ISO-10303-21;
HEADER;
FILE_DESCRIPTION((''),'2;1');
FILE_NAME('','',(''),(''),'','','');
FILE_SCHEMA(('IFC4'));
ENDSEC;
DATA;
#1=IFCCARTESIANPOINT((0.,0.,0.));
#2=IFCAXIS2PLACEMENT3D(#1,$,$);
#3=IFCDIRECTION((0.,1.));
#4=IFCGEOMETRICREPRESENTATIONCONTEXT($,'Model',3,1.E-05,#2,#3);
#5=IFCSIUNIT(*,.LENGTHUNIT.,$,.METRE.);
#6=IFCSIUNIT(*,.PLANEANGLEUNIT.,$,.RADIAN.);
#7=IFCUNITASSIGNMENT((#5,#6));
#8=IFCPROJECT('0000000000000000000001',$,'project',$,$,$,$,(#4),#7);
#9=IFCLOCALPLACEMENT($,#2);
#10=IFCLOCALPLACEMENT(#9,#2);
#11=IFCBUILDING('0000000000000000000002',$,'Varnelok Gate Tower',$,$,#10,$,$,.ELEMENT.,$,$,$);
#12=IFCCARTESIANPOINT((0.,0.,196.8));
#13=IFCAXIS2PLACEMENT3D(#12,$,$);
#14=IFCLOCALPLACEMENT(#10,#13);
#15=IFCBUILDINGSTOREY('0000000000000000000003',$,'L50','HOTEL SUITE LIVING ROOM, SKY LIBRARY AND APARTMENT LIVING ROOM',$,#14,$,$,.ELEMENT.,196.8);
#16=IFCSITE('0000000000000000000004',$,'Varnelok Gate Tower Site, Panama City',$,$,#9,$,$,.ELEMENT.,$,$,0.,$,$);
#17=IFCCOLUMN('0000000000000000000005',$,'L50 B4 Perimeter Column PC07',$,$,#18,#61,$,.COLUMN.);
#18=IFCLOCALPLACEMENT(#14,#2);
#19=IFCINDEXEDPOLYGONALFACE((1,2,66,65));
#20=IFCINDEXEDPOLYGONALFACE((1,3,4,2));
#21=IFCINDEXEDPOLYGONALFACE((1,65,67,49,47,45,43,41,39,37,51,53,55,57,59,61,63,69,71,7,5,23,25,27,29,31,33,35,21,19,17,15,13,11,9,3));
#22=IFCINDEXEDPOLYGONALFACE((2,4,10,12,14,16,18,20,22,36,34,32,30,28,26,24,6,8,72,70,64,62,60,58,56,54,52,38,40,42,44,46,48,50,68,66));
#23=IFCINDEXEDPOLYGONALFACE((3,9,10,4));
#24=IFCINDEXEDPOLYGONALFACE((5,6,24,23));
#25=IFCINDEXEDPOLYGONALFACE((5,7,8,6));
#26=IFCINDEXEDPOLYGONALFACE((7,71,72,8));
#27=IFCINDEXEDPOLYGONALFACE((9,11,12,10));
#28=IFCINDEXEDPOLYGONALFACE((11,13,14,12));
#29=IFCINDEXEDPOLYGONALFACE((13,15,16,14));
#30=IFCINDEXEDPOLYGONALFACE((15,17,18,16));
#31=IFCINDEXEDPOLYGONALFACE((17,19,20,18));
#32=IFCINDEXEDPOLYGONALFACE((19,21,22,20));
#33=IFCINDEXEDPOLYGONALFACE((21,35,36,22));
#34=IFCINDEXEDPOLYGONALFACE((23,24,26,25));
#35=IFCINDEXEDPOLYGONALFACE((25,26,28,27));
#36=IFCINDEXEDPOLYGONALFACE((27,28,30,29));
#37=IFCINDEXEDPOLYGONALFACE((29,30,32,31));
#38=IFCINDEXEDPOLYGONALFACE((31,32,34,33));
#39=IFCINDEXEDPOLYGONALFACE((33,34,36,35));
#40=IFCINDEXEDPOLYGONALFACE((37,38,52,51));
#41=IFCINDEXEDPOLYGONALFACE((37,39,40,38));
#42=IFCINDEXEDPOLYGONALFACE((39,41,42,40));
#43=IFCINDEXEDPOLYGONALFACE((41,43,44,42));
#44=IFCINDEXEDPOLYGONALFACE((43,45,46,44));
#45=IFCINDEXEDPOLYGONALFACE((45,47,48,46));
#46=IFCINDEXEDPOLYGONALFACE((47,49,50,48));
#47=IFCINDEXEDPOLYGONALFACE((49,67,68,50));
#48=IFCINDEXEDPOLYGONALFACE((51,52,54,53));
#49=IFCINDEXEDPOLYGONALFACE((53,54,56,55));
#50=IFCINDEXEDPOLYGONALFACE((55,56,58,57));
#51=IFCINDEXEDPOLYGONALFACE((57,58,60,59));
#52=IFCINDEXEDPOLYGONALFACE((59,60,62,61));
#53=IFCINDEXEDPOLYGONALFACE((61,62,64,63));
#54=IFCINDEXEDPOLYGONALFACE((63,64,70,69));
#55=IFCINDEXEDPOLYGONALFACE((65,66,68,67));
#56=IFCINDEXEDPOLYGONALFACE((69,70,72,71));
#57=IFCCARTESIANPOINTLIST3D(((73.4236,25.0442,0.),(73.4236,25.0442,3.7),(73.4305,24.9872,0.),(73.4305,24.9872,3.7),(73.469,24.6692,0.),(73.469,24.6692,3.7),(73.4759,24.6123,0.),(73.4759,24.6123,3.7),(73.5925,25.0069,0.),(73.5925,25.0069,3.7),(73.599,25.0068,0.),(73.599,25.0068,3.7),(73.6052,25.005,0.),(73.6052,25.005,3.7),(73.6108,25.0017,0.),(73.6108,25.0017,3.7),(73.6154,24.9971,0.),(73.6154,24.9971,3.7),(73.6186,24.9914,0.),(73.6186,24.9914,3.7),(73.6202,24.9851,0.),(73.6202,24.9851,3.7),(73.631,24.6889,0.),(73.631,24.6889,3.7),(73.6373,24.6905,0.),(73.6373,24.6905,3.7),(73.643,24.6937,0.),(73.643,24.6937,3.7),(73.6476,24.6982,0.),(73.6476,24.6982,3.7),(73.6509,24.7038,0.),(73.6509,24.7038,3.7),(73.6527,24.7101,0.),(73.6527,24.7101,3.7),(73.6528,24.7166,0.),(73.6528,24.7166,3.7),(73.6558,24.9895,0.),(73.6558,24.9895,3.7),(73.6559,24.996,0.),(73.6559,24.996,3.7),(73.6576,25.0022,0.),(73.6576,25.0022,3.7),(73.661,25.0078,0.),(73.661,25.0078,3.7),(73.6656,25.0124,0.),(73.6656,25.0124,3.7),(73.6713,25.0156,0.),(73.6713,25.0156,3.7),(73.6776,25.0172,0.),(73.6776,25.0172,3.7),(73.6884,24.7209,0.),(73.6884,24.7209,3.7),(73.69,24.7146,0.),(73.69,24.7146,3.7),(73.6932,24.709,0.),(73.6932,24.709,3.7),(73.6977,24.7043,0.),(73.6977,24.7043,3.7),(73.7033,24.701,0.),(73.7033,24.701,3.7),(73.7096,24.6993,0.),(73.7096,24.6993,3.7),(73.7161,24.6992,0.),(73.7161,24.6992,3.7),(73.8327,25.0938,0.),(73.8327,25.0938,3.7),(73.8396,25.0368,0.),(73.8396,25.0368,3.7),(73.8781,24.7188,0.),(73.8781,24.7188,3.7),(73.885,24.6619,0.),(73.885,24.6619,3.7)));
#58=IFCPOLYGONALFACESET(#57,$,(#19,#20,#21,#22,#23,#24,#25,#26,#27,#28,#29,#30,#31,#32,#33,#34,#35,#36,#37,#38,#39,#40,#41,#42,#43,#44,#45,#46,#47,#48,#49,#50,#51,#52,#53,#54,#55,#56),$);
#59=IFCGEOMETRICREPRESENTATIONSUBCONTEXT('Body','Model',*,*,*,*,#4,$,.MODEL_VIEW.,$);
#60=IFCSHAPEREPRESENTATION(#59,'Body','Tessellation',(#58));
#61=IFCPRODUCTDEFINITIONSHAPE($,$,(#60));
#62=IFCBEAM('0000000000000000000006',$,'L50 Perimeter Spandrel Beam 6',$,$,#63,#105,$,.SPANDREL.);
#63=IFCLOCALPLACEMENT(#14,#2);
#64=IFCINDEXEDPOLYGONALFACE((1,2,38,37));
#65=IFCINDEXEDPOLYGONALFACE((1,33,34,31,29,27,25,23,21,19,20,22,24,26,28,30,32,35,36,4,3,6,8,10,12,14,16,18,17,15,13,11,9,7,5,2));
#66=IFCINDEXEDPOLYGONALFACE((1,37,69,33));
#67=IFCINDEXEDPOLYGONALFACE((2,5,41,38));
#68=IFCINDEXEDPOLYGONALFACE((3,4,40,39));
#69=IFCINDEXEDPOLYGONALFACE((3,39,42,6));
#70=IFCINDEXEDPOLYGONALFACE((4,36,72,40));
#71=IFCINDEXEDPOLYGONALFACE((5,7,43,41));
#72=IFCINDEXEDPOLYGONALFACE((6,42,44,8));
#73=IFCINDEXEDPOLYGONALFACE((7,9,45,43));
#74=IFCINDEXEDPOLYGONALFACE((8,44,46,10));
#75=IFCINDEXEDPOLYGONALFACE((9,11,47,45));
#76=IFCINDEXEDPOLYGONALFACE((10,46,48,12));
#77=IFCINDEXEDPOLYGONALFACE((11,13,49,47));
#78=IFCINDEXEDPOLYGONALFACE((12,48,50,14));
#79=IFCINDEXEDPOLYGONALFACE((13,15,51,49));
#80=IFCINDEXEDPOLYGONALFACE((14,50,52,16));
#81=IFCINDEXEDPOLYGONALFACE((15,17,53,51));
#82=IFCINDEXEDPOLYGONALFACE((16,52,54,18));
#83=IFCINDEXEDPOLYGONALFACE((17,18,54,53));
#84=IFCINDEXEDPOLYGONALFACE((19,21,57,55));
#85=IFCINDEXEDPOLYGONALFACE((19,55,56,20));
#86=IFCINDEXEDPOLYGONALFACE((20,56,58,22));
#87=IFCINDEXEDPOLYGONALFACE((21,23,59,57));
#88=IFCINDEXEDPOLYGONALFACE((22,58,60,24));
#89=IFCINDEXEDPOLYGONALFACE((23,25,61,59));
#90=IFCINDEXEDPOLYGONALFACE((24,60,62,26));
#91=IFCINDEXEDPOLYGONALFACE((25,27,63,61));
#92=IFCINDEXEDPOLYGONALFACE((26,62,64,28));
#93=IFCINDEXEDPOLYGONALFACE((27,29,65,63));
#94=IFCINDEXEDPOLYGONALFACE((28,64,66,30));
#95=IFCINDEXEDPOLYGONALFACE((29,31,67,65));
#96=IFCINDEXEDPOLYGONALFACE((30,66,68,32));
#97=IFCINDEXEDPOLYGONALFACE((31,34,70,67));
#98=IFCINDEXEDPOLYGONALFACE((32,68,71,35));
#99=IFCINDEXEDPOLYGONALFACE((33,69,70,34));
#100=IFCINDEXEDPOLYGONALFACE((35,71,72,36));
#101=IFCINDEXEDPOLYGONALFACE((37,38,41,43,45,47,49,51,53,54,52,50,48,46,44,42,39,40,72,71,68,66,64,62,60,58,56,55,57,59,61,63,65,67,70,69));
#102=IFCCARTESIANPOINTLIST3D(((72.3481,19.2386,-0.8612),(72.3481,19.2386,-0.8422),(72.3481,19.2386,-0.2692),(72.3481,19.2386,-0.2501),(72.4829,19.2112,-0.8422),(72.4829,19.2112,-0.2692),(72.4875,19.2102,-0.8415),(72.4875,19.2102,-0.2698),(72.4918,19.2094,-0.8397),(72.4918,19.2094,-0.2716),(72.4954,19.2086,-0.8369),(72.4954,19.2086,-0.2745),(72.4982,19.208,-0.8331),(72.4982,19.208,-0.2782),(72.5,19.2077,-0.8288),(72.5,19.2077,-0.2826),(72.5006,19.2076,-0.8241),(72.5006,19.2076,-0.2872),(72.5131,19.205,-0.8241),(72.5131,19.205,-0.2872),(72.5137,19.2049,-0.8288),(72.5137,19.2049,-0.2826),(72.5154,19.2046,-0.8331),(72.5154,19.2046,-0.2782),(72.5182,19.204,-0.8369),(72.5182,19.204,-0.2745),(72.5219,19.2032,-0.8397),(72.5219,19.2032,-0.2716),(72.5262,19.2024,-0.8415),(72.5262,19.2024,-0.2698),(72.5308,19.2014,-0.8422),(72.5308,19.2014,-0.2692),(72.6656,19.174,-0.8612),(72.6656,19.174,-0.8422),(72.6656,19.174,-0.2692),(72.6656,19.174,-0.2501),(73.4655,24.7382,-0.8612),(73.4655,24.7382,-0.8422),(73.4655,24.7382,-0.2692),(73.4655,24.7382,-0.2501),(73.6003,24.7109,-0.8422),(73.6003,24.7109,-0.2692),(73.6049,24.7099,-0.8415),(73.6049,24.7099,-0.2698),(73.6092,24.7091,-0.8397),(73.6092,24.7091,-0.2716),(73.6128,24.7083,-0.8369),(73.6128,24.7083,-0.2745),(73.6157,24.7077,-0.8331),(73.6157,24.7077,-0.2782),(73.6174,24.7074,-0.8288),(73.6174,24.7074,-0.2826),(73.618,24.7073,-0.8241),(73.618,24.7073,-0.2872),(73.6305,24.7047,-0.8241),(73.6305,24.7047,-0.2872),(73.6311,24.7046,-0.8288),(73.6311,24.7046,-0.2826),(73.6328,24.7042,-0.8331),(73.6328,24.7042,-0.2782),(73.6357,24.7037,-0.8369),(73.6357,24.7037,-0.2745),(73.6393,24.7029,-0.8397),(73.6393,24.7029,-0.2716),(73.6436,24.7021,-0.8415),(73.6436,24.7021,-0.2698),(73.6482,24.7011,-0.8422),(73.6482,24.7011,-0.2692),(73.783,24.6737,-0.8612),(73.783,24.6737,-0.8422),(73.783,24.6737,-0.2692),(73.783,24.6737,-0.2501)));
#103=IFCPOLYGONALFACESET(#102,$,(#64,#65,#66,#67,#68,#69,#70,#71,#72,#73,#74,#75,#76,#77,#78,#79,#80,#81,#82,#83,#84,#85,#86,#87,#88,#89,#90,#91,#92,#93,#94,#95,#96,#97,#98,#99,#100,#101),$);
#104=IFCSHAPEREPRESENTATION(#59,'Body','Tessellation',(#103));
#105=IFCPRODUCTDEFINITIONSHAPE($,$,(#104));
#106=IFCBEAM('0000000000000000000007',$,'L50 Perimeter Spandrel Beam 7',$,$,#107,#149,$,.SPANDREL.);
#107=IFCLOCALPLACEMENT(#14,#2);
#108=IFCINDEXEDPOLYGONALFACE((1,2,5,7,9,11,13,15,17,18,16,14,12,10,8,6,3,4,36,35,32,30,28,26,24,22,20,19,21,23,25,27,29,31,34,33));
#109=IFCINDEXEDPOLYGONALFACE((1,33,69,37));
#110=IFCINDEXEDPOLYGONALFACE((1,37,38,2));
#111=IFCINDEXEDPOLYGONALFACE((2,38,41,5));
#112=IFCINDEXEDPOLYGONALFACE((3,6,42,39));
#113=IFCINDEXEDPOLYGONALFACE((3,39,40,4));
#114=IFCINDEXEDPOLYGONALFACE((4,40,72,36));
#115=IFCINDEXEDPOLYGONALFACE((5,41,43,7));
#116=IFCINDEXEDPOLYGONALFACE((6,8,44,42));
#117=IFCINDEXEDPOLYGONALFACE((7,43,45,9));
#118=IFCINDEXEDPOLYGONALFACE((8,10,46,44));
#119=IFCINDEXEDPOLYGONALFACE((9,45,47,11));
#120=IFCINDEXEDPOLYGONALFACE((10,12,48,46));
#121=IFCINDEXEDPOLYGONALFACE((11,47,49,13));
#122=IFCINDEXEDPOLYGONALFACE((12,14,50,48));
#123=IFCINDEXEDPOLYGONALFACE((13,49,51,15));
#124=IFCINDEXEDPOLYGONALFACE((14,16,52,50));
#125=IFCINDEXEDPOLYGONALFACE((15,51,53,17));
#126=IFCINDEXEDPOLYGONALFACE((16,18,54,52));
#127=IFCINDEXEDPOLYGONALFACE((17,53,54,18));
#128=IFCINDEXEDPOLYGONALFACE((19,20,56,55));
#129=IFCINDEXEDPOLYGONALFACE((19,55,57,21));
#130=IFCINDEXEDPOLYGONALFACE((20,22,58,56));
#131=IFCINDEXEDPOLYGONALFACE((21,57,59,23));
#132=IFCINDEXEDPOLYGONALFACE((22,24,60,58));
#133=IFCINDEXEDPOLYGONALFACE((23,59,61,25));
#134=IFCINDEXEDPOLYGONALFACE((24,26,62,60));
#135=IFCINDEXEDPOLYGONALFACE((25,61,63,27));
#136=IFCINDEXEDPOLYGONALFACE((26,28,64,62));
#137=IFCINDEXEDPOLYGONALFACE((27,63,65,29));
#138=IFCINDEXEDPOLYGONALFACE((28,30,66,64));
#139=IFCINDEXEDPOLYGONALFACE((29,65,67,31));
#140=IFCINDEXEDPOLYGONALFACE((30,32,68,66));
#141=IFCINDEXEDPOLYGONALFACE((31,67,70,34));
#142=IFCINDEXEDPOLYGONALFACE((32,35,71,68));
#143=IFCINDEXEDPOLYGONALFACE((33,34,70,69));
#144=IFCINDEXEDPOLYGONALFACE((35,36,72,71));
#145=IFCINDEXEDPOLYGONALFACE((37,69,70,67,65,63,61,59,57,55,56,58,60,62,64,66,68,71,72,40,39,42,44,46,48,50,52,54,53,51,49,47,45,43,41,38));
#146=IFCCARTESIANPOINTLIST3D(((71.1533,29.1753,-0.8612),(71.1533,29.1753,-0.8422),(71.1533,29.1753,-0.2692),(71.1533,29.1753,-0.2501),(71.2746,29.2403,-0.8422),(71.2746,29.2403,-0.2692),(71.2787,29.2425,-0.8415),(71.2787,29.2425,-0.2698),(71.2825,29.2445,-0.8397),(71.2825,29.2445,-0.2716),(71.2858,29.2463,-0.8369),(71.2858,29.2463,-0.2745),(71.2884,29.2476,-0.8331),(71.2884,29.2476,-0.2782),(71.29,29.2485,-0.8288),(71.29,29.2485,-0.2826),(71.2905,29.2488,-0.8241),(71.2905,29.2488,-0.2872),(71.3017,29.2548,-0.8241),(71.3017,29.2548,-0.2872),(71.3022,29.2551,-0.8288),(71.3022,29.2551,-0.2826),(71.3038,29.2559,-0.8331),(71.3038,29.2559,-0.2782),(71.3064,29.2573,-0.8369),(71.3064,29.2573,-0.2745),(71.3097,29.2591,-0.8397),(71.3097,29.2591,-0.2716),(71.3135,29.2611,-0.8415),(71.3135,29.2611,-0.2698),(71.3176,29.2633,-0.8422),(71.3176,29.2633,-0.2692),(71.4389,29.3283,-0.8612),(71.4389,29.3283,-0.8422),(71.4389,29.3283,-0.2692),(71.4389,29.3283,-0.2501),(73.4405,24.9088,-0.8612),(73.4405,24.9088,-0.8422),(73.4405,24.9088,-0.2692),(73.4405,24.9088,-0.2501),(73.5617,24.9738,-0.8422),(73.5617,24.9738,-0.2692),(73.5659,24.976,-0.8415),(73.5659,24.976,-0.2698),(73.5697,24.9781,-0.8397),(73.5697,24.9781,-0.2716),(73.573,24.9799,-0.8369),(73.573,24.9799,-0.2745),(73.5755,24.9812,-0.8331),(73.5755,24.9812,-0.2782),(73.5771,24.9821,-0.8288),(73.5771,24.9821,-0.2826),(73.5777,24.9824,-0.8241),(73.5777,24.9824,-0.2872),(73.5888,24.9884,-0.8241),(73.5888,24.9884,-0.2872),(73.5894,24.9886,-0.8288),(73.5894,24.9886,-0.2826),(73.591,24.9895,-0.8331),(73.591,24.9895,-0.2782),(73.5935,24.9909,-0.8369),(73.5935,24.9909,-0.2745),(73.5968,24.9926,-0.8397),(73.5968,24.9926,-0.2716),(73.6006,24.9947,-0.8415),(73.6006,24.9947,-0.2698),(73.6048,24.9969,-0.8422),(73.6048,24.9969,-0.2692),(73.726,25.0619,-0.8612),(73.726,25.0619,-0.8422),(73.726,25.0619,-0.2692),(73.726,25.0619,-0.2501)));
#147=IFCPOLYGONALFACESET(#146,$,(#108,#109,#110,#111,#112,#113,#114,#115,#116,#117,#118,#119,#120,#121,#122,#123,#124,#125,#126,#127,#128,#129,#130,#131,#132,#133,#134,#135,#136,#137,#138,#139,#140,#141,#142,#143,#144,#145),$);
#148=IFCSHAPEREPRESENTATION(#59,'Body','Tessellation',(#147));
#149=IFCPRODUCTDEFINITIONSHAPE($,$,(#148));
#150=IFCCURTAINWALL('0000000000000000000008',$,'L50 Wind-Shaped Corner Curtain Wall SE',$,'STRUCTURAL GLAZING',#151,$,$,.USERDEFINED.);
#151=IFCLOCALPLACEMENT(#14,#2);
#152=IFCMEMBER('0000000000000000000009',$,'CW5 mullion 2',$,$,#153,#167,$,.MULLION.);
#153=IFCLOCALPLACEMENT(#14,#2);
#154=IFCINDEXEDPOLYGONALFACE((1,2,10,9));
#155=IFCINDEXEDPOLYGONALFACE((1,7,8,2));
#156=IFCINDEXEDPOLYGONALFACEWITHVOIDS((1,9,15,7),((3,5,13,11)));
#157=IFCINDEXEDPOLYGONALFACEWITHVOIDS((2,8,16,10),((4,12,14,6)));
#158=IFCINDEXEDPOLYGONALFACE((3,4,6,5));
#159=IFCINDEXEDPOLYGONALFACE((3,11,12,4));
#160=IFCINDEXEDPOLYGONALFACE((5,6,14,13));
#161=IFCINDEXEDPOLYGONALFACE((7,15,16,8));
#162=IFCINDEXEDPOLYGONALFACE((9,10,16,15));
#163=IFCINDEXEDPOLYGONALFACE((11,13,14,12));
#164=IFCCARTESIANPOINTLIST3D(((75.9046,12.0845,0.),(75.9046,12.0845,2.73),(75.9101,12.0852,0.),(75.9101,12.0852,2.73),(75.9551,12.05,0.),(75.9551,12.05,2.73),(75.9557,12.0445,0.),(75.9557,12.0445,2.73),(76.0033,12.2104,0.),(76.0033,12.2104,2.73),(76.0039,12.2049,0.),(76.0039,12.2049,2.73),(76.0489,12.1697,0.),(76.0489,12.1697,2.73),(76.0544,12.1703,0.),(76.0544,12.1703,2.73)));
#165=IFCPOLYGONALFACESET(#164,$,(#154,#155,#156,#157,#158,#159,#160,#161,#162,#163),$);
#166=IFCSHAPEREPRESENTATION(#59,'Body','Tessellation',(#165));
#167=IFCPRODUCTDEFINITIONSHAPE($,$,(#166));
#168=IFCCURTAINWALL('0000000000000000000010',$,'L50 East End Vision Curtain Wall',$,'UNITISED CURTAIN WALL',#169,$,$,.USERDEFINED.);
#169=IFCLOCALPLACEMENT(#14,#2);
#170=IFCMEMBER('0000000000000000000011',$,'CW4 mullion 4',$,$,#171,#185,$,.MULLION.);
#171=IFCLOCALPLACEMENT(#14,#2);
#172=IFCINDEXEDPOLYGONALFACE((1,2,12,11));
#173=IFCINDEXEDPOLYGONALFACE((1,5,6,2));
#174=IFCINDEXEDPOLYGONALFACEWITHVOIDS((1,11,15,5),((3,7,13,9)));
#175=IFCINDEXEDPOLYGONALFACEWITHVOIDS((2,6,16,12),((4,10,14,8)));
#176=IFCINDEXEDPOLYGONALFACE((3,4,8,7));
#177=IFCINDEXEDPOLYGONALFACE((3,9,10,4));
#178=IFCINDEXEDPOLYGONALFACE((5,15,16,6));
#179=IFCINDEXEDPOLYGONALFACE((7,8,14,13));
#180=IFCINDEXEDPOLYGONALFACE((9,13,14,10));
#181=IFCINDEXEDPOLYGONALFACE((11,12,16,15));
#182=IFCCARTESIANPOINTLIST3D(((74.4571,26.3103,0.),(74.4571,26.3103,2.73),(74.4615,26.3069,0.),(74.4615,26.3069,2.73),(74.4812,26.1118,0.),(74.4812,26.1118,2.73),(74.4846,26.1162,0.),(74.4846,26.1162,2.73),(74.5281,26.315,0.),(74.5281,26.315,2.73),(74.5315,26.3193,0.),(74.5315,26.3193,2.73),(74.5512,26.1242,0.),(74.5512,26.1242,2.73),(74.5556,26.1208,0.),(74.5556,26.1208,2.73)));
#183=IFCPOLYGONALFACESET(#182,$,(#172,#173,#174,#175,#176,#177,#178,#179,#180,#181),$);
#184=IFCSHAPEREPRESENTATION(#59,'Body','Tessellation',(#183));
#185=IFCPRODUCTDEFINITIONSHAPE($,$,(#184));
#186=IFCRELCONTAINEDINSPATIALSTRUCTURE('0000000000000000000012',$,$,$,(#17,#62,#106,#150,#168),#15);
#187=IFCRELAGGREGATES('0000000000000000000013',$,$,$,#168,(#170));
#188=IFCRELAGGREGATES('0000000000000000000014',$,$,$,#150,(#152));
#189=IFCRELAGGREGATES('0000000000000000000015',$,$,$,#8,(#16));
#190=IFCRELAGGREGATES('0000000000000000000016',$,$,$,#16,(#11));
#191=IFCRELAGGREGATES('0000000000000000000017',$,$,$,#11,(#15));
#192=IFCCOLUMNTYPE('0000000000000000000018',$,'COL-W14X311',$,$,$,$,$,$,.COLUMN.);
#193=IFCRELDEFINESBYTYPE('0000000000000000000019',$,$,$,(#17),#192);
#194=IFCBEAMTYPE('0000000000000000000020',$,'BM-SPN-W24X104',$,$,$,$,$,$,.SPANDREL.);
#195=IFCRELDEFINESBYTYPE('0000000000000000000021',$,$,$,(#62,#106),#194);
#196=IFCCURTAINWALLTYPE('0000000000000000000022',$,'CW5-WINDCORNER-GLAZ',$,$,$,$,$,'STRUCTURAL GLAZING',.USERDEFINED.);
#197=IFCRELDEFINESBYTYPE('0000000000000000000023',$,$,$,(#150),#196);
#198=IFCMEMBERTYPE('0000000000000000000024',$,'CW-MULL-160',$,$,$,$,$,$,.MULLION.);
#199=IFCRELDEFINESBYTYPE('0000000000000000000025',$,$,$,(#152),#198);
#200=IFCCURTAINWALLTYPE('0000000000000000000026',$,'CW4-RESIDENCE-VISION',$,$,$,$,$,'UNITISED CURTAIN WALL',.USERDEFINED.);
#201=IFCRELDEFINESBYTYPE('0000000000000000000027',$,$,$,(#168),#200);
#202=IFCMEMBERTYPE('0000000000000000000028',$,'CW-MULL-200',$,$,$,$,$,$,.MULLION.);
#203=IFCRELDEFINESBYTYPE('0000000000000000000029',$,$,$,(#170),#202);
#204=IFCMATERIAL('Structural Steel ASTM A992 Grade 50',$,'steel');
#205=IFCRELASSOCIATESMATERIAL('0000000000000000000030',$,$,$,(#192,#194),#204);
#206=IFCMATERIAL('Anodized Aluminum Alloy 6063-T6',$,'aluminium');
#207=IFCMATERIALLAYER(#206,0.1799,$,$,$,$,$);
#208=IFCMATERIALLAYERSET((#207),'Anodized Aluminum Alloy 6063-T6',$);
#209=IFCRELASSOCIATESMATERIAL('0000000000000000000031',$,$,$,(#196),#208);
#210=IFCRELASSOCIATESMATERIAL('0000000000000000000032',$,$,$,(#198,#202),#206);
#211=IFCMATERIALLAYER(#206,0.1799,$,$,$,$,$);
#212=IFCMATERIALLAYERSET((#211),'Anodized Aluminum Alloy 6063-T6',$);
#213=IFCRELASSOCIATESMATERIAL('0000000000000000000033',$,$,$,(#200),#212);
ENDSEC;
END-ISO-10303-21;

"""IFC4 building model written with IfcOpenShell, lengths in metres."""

from ifc_helpers import new_model, si_unit, direction, frame, origin, origin_2d, place, context, subcontext, project, spatial, hollow_rectangle, i_section, extrude, material, layer, layer_set, material_profile, profile_set, type_object, element, aggregate, save


model = new_model("IFC4")

# Units and contexts
model_context = context("Model", 3, precision=1e-05, world=origin(), true_north=direction((0.0, 1.0)))
body_context = subcontext(model_context, "Body", "Model", "MODEL_VIEW")
ifc_project = project(units=[si_unit("LENGTHUNIT", "METRE"), si_unit("PLANEANGLEUNIT", "RADIAN")], contexts=[model_context])

# Site, building, storey
site_placement = place(None, origin())
site = spatial("IfcSite", under=ifc_project, at=site_placement, Name="Varnelok Gate Tower Site, Panama City", CompositionType="ELEMENT", RefElevation=0.0)
building_placement = place(site_placement, origin())
building = spatial("IfcBuilding", under=site, at=building_placement, Name="Varnelok Gate Tower", CompositionType="ELEMENT")
storey_placement = place(building_placement, frame((0.0, 0.0, 196.8)))
storey = spatial("IfcBuildingStorey", under=building, at=storey_placement, Name="L50", Description="HOTEL SUITE LIVING ROOM, SKY LIBRARY AND APARTMENT LIVING ROOM", CompositionType="ELEMENT", Elevation=196.8)

# Column
ifc_material_1 = material(Name="Structural Steel ASTM A992 Grade 50", Category="steel")
ifc_material_profile_1 = material_profile(ifc_material_1, i_section(OverallWidth=0.4121, OverallDepth=0.4351, WebThickness=0.0359, FlangeThickness=0.0574, FilletRadius=0.0249, at=origin_2d()), Name="W14X311")
ifc_profile_set_1 = profile_set([ifc_material_profile_1], Name="Structural Steel ASTM A992 Grade 50")
column_type = type_object("IfcColumnType", Name="COL-W14X311", PredefinedType="COLUMN", material=ifc_profile_set_1)
column_placement = place(storey_placement, frame((73.6543, 24.853, 0.0), z_axis=(0.0, 0.0, 1.0), x_axis=(0.992732, 0.120345, 0.0)))
element("IfcColumn", 1, at=column_placement, inside=storey, type_object=column_type, Name="L50 B4 Perimeter Column PC07", PredefinedType="COLUMN", context=body_context, shape_type="SweptSolid", body=[
    extrude(i_section(OverallWidth=0.4121, OverallDepth=0.4351, WebThickness=0.0359, FlangeThickness=0.0574, FilletRadius=0.0249, at=origin_2d()), origin(), (0.0, 0.0, 1.0), 3.7),
])

# Beams
ifc_material_profile_2 = material_profile(ifc_material_1, i_section(OverallWidth=0.324, OverallDepth=0.6111, WebThickness=0.0127, FlangeThickness=0.019, FilletRadius=0.0181, at=origin_2d()), Name="W24X104")
ifc_profile_set_2 = profile_set([ifc_material_profile_2], Name="Structural Steel ASTM A992 Grade 50")
beam_type = type_object("IfcBeamType", Name="BM-SPN-W24X104", PredefinedType="SPANDREL", material=ifc_profile_set_2)
beam_1_placement = place(storey_placement, frame((72.5068, 19.2063, -0.5557), z_axis=(0.19911, 0.979977, 0.0), x_axis=(-0.979977, 0.19911, 0.0)))
element("IfcBeam", 2, at=beam_1_placement, inside=storey, type_object=beam_type, Name="L50 Perimeter Spandrel Beam 6", PredefinedType="SPANDREL", context=body_context, shape_type="SweptSolid", body=[
    extrude(i_section(OverallWidth=0.324, OverallDepth=0.6111, WebThickness=0.0127, FlangeThickness=0.019, FilletRadius=0.0181, at=origin_2d()), origin(), (0.0, 0.0, 1.0), 5.6121),
])
beam_2_placement = place(storey_placement, frame((73.5833, 24.9854, -0.5557), z_axis=(-0.472472, 0.881346, 0.0), x_axis=(-0.881346, -0.472472, 0.0)))
element("IfcBeam", 3, at=beam_2_placement, inside=storey, type_object=beam_type, Name="L50 Perimeter Spandrel Beam 7", PredefinedType="SPANDREL", context=body_context, shape_type="SweptSolid", body=[
    extrude(i_section(OverallWidth=0.324, OverallDepth=0.6111, WebThickness=0.0127, FlangeThickness=0.019, FilletRadius=0.0181, at=origin_2d()), origin(), (0.0, 0.0, 1.0), 4.8408),
])

# Curtain wall, member
ifc_material_2 = material(Name="Anodized Aluminum Alloy 6063-T6", Category="aluminium")
ifc_layer_1 = layer(ifc_material_2, 0.1799)
ifc_layer_set_1 = layer_set([ifc_layer_1], Name="Anodized Aluminum Alloy 6063-T6")
curtain_wall_type_1 = type_object("IfcCurtainWallType", Name="CW5-WINDCORNER-GLAZ", ElementType="STRUCTURAL GLAZING", PredefinedType="USERDEFINED", material=ifc_layer_set_1)
curtain_wall_1_placement = place(storey_placement, origin())
curtain_wall_1 = element("IfcCurtainWall", 4, at=curtain_wall_1_placement, inside=storey, type_object=curtain_wall_type_1, Name="L50 Wind-Shaped Corner Curtain Wall SE", ObjectType="STRUCTURAL GLAZING", PredefinedType="USERDEFINED")
ifc_material_profile_3 = material_profile(ifc_material_2, hollow_rectangle(XDim=0.0649, YDim=0.1599, WallThickness=0.0039, at=origin_2d()), Name="ALU160X65X4")
ifc_profile_set_3 = profile_set([ifc_material_profile_3], Name="Anodized Aluminum Alloy 6063-T6")
member_type_1 = type_object("IfcMemberType", Name="CW-MULL-160", PredefinedType="MULLION", material=ifc_profile_set_3)
member_1_placement = place(storey_placement, frame((75.9795, 12.1274, 0.0), z_axis=(0.0, 0.0, 1.0), x_axis=(-0.787064, 0.616871, 0.0)))
member_1 = element("IfcMember", 5, at=member_1_placement, type_object=member_type_1, Name="CW5 mullion 2", PredefinedType="MULLION", context=body_context, shape_type="SweptSolid", body=[
    extrude(hollow_rectangle(XDim=0.0649, YDim=0.1599, WallThickness=0.0039, at=origin_2d()), origin(), (0.0, 0.0, 1.0), 2.73),
])

# Curtain wall, member
ifc_layer_2 = layer(ifc_material_2, 0.1799)
ifc_layer_set_2 = layer_set([ifc_layer_2], Name="Anodized Aluminum Alloy 6063-T6")
curtain_wall_type_2 = type_object("IfcCurtainWallType", Name="CW4-RESIDENCE-VISION", ElementType="UNITISED CURTAIN WALL", PredefinedType="USERDEFINED", material=ifc_layer_set_2)
curtain_wall_2_placement = place(storey_placement, origin())
curtain_wall_2 = element("IfcCurtainWall", 6, at=curtain_wall_2_placement, inside=storey, type_object=curtain_wall_type_2, Name="L50 East End Vision Curtain Wall", ObjectType="UNITISED CURTAIN WALL", PredefinedType="USERDEFINED")
ifc_material_profile_4 = material_profile(ifc_material_2, hollow_rectangle(XDim=0.075, YDim=0.2, WallThickness=0.0039, at=origin_2d()), Name="ALU200X75X4")
ifc_profile_set_4 = profile_set([ifc_material_profile_4], Name="Anodized Aluminum Alloy 6063-T6")
member_type_2 = type_object("IfcMemberType", Name="CW-MULL-200", PredefinedType="MULLION", material=ifc_profile_set_4)
member_2_placement = place(storey_placement, frame((74.5063, 26.2156, 0.0), z_axis=(0.0, 0.0, 1.0), x_axis=(0.992732, 0.120345, 0.0)))
member_2 = element("IfcMember", 7, at=member_2_placement, type_object=member_type_2, Name="CW4 mullion 4", PredefinedType="MULLION", context=body_context, shape_type="SweptSolid", body=[
    extrude(hollow_rectangle(XDim=0.075, YDim=0.2, WallThickness=0.0039, at=origin_2d()), origin(), (0.0, 0.0, 1.0), 2.73),
])
aggregate(curtain_wall_2, [member_2])

aggregate(curtain_wall_1, [member_1])

save(model, "model.ifc")
